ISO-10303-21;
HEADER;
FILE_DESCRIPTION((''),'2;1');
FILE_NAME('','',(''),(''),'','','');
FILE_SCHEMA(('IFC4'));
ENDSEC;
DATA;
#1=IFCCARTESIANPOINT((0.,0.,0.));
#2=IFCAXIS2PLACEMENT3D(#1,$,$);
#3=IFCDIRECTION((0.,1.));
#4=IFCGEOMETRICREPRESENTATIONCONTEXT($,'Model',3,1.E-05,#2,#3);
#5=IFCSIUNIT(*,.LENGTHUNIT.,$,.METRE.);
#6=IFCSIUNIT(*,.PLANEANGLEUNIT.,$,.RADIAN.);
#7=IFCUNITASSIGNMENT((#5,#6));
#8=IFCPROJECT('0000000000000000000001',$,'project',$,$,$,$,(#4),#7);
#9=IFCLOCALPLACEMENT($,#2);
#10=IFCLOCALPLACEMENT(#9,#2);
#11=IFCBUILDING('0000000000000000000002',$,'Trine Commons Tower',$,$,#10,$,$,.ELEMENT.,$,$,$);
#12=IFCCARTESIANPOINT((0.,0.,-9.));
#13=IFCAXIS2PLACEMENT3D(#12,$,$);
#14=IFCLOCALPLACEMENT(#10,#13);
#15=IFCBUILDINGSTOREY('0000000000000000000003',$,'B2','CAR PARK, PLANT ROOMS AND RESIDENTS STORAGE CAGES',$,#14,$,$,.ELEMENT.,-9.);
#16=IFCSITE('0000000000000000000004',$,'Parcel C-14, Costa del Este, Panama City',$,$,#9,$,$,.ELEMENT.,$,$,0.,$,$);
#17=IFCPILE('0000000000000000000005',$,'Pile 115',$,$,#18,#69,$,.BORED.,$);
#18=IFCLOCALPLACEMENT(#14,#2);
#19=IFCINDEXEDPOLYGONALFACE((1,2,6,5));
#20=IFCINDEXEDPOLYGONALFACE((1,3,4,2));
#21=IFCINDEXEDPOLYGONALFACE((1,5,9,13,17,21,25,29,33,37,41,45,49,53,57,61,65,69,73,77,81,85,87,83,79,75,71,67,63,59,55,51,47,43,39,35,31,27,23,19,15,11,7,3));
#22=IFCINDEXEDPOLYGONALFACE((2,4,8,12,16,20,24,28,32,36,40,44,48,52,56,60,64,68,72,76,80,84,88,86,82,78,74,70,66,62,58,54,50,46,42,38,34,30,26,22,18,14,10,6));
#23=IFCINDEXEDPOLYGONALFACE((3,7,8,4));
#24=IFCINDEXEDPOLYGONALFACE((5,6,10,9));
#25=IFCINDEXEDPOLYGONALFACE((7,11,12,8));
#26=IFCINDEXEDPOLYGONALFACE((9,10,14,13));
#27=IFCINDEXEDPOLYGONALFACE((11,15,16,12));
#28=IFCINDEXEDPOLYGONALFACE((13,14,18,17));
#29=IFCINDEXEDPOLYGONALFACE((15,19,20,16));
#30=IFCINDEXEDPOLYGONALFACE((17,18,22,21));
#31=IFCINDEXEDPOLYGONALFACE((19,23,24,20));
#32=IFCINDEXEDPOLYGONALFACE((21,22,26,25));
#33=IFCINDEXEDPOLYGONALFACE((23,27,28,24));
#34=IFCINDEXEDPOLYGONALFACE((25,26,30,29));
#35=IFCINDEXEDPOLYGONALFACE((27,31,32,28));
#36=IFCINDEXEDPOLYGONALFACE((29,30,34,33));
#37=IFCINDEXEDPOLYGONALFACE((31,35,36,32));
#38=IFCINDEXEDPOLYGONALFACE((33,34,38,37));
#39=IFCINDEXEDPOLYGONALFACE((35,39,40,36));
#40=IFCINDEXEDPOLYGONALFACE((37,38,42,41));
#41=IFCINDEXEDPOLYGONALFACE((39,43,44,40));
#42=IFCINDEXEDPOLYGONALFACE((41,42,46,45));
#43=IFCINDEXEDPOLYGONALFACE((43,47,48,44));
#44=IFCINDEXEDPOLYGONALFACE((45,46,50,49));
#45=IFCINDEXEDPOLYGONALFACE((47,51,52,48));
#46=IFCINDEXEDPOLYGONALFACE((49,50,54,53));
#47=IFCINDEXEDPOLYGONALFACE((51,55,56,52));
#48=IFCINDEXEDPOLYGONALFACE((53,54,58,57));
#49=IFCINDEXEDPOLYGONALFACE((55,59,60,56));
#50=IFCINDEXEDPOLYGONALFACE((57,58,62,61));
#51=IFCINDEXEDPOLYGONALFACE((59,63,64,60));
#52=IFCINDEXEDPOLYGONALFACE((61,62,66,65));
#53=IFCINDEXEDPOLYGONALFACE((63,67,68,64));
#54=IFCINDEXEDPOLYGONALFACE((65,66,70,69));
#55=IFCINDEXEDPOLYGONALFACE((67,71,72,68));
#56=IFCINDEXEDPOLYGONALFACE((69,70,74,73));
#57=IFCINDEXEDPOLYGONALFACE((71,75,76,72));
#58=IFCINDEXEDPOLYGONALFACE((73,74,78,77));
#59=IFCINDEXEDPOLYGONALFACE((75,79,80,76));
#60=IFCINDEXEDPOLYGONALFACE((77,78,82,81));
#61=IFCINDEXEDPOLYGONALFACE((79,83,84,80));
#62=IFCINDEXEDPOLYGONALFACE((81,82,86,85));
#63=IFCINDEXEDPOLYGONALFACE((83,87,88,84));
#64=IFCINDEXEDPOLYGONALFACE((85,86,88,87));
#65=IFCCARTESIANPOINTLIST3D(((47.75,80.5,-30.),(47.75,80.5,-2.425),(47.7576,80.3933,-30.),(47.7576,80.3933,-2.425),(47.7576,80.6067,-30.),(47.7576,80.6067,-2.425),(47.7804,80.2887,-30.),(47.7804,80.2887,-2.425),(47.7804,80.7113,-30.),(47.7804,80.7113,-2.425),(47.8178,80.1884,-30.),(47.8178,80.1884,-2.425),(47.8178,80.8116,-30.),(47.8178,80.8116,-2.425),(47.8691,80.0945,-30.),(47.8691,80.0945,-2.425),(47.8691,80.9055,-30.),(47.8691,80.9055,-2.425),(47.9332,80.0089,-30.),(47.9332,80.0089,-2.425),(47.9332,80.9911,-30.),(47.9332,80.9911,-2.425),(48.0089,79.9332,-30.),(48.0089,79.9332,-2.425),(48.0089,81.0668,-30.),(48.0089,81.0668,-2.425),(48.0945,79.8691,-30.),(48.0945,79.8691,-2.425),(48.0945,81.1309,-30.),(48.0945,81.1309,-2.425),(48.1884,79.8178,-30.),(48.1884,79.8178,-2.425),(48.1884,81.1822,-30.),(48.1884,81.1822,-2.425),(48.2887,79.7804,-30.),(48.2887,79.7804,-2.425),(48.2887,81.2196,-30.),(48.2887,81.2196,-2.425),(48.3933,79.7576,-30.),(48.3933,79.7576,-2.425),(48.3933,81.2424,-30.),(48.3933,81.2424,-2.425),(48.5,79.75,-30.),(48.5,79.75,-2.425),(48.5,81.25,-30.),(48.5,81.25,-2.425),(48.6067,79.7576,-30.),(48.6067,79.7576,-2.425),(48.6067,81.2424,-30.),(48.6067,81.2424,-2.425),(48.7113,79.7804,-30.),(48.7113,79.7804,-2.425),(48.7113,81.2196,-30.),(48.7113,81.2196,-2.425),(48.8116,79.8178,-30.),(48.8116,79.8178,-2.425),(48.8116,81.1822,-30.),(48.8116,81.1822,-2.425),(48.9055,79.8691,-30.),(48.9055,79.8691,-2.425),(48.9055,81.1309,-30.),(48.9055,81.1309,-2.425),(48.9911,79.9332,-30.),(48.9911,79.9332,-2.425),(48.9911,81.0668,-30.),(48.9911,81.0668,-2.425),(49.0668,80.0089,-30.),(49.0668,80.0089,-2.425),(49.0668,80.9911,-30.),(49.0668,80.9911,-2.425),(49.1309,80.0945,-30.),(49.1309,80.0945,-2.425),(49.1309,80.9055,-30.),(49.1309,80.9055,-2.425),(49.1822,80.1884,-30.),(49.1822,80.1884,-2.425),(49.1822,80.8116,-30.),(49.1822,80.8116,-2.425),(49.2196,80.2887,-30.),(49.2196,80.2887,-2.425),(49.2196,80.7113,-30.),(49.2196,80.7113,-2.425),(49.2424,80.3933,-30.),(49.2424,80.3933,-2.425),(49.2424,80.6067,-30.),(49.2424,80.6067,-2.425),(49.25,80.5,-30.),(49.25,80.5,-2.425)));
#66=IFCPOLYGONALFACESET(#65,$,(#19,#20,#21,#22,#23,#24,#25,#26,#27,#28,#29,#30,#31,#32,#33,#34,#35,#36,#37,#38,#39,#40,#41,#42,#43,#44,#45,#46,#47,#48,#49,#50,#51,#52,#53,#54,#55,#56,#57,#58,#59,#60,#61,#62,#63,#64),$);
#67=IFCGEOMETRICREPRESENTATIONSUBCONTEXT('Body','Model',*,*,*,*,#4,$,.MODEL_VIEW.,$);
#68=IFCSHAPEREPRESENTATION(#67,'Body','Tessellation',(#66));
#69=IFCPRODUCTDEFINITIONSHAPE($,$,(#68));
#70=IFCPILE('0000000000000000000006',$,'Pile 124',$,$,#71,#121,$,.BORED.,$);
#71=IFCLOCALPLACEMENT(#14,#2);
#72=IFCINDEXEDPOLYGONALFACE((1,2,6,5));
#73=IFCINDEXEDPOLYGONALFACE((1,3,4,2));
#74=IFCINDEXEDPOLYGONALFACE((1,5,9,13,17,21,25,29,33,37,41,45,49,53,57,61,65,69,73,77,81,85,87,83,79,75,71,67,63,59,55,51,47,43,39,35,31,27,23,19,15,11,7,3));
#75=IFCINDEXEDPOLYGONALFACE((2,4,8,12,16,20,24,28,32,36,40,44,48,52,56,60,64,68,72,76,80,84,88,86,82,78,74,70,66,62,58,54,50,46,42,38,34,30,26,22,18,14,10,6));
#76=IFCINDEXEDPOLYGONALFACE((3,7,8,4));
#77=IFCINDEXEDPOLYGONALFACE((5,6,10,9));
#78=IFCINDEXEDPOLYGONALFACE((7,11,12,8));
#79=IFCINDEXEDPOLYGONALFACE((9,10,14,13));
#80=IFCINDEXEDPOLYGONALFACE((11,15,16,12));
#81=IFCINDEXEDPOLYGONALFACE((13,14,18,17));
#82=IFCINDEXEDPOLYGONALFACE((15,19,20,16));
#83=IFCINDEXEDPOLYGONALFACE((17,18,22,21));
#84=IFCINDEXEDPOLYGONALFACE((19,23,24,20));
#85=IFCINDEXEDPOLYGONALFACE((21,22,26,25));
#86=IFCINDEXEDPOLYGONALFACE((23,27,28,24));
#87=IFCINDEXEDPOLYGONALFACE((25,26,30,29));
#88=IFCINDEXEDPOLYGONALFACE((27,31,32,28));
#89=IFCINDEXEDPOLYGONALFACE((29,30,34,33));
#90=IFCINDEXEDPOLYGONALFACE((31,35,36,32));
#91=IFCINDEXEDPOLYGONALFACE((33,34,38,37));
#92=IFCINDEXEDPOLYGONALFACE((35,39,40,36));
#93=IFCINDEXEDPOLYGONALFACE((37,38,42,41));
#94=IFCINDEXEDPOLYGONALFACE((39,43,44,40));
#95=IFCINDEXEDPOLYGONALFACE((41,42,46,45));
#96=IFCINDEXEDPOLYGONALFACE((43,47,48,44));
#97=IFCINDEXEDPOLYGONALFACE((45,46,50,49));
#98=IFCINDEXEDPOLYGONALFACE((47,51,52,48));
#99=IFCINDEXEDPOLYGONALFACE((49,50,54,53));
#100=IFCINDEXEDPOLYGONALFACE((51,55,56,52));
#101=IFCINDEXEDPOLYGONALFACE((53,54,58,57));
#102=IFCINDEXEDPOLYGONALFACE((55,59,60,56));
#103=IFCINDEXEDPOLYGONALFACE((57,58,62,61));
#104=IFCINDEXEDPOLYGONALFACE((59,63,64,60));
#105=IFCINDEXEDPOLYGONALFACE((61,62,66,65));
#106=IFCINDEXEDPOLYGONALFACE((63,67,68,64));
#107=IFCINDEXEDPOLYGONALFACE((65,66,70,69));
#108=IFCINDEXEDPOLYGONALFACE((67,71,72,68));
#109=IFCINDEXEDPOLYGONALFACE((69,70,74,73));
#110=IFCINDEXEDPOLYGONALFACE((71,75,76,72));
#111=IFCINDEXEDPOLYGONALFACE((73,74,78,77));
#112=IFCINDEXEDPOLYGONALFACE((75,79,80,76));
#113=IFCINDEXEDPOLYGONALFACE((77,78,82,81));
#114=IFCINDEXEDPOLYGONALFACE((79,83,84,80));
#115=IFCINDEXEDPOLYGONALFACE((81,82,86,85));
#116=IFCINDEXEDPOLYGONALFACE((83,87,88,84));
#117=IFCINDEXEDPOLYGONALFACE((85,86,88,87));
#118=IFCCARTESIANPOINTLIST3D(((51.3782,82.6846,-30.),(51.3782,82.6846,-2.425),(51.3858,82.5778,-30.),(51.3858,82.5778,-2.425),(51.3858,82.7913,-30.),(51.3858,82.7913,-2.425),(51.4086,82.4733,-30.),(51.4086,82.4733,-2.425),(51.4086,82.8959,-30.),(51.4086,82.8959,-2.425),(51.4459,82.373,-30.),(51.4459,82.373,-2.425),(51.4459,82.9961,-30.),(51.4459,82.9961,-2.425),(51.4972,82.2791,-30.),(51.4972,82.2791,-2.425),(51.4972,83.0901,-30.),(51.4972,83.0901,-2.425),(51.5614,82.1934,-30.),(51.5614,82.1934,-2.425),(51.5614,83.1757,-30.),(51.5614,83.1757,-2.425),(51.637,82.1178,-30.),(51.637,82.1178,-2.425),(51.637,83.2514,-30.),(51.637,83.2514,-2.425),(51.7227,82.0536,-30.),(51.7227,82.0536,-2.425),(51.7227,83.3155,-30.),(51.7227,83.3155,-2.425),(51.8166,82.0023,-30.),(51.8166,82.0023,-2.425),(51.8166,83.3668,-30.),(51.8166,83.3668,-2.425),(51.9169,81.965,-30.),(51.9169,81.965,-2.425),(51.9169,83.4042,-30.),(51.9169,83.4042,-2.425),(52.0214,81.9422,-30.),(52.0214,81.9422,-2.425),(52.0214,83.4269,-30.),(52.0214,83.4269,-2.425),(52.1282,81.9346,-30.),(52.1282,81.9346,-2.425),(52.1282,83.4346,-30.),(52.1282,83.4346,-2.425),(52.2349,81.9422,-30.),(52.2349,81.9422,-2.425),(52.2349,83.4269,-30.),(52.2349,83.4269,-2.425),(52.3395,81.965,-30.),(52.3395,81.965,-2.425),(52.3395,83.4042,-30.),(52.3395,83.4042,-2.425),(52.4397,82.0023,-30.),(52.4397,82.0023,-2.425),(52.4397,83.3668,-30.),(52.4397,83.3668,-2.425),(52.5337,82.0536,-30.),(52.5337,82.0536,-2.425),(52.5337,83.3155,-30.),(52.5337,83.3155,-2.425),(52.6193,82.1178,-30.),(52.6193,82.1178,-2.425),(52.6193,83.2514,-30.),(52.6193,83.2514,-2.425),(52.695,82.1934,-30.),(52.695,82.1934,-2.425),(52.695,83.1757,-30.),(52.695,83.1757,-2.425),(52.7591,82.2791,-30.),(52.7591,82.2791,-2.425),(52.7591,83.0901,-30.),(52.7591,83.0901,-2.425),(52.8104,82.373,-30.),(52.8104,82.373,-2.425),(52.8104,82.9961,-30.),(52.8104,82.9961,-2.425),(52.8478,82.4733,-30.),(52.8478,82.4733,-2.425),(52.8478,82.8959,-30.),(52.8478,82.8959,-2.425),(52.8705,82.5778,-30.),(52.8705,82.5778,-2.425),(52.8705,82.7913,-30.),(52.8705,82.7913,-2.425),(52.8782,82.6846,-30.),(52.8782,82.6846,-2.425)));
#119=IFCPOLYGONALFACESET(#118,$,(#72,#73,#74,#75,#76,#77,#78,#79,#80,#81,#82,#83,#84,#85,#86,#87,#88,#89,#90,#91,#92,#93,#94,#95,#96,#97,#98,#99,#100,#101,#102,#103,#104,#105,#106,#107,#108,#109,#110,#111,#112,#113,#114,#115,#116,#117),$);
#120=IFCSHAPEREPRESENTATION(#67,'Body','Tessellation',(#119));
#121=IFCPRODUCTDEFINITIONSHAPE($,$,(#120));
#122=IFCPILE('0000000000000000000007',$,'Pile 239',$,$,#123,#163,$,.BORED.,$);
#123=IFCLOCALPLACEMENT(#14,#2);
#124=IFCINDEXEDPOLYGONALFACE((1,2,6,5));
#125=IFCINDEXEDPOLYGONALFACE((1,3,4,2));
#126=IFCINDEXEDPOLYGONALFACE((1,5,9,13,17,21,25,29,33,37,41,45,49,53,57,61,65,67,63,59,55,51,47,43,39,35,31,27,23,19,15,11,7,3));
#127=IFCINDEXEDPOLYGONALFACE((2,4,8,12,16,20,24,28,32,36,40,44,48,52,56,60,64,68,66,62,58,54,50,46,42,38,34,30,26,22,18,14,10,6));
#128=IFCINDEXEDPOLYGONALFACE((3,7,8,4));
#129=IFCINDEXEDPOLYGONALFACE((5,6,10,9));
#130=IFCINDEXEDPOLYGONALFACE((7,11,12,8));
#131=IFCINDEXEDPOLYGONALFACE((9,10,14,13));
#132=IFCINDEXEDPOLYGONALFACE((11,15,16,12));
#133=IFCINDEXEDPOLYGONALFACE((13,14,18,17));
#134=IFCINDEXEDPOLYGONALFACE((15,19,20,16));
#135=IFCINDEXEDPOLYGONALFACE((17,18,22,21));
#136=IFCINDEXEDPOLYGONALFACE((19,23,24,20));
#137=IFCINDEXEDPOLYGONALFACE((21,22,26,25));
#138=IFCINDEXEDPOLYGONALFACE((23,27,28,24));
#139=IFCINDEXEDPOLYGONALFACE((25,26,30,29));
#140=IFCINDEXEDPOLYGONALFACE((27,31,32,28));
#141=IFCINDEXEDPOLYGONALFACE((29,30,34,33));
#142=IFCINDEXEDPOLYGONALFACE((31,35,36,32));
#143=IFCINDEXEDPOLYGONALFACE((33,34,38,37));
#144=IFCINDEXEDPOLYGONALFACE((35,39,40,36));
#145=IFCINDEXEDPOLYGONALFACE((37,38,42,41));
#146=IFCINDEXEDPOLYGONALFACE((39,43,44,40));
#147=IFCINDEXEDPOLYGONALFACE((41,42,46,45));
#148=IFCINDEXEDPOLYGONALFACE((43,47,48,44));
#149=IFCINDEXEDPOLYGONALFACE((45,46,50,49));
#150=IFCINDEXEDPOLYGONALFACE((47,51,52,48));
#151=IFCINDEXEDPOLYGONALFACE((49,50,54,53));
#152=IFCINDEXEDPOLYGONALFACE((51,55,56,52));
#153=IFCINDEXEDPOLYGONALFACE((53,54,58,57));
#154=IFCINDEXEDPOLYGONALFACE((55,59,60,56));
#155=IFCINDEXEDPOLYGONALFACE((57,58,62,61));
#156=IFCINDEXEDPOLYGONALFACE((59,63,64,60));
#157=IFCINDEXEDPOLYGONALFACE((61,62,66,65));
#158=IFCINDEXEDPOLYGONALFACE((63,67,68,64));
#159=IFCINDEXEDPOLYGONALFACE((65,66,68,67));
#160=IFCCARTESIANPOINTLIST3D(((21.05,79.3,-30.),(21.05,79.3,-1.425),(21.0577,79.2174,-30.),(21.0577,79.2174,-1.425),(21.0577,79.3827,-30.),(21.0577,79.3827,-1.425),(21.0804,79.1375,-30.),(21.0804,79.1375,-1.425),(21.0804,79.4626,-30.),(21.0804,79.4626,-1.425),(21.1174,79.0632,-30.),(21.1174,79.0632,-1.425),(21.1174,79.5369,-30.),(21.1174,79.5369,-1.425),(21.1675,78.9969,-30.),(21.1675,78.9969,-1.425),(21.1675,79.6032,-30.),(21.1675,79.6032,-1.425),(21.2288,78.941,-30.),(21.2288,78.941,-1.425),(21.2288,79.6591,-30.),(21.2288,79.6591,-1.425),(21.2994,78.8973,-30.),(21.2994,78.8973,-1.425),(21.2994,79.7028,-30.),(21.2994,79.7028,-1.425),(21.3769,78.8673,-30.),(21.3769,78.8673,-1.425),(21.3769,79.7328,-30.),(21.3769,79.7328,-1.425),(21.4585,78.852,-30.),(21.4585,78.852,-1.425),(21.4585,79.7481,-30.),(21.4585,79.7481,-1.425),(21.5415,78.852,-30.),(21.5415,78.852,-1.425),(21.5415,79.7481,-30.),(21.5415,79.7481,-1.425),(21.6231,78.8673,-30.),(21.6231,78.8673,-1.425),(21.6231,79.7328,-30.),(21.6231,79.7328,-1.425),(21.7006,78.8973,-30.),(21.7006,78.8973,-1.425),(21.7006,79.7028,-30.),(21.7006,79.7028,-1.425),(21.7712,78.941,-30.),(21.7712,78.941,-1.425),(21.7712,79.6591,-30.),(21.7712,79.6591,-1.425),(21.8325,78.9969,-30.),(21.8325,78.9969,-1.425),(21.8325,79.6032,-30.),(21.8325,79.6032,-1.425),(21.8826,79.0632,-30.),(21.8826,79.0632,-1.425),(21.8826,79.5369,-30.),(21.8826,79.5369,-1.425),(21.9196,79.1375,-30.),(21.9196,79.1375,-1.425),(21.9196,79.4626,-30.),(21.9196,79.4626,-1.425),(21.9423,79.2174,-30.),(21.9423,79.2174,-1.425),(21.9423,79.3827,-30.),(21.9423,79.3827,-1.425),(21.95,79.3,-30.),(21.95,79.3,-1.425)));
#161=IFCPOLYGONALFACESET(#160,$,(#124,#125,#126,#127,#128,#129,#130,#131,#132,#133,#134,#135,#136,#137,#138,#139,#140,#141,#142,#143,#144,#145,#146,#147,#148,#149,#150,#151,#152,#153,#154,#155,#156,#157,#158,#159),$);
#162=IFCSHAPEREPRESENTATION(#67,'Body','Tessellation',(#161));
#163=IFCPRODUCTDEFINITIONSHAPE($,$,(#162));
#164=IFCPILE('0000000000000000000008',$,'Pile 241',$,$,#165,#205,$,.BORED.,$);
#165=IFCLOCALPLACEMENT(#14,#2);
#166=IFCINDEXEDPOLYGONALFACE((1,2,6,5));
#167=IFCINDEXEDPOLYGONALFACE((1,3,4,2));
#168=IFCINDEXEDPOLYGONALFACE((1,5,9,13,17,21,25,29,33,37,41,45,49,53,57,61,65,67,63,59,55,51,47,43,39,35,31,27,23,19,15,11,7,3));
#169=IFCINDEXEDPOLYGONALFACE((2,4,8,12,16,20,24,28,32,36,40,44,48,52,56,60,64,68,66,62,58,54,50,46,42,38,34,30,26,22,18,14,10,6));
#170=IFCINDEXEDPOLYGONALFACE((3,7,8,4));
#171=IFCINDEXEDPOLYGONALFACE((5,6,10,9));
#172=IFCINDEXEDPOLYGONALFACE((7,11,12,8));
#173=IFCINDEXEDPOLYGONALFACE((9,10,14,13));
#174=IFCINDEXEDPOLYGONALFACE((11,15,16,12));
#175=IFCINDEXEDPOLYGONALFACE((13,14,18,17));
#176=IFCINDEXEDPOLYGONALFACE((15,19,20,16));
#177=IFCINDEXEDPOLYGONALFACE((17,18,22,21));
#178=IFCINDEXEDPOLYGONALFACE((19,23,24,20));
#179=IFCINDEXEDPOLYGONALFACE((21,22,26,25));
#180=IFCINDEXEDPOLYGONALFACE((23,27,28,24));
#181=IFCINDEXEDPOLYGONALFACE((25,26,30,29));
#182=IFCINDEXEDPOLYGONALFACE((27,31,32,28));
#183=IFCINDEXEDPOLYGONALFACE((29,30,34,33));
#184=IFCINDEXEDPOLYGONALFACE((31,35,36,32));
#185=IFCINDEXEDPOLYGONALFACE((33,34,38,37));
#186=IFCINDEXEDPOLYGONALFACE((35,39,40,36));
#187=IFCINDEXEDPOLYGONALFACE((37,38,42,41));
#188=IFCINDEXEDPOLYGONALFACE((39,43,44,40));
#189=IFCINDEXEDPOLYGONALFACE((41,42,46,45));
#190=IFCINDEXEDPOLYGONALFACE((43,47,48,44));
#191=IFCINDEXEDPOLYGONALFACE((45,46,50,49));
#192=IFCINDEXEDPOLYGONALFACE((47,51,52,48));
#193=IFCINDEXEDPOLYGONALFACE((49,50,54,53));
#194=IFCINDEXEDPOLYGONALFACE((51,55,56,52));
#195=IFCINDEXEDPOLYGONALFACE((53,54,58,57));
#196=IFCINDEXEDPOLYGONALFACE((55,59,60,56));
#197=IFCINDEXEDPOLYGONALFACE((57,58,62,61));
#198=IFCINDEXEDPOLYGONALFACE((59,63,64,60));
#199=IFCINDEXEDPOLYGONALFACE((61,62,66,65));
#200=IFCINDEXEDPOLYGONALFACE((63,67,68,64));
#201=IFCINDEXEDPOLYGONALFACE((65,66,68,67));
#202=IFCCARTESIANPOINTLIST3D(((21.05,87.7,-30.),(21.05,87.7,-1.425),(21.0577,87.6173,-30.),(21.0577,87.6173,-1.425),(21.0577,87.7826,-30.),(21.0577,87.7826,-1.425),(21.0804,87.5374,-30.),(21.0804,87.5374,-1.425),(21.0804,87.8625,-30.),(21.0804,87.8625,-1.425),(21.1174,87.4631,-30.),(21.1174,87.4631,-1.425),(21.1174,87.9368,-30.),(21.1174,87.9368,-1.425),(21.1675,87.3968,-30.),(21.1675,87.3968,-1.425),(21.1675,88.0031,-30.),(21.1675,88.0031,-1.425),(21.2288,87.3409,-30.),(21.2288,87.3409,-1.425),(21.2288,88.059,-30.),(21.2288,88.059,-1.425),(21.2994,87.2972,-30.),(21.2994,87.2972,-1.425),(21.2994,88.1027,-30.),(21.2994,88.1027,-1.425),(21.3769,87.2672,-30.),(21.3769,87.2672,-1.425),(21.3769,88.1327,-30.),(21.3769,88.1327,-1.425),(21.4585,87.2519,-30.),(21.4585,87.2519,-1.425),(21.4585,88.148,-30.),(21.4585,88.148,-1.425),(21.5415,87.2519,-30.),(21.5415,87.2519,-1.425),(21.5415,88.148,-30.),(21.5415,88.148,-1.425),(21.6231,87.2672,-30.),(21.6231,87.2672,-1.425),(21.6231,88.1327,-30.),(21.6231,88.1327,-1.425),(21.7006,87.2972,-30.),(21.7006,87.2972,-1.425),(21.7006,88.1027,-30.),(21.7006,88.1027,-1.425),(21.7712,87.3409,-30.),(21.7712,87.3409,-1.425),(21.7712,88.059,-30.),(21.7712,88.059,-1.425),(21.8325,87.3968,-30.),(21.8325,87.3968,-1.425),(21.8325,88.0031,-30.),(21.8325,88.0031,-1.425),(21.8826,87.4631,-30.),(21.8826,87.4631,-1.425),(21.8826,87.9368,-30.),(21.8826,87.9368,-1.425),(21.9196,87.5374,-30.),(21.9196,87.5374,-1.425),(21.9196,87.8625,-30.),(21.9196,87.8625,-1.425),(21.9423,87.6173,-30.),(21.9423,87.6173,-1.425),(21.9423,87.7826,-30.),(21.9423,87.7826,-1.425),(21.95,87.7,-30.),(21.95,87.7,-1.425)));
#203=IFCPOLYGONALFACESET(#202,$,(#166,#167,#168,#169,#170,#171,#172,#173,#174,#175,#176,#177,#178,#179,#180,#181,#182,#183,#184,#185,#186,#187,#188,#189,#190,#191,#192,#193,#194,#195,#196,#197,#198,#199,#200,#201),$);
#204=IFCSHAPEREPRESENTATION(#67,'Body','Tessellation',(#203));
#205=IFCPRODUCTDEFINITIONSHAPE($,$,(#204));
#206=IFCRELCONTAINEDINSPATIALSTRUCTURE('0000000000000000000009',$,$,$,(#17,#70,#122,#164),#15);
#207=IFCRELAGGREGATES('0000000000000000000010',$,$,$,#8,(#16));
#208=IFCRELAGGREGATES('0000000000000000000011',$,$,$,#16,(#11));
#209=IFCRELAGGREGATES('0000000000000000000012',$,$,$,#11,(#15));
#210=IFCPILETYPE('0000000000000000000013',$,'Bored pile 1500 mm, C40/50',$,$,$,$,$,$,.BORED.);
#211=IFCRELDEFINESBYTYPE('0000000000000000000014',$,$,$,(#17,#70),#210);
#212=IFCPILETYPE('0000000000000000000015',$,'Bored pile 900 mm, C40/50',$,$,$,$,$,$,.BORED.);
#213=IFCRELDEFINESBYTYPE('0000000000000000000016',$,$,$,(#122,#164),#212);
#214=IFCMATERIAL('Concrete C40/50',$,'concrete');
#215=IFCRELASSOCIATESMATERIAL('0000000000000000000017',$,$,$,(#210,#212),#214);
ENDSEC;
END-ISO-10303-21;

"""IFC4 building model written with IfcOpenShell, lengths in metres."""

from ifc_helpers import new_model, si_unit, direction, frame, origin, origin_2d, place, context, subcontext, project, spatial, circle, extrude, material, type_object, element, save


model = new_model("IFC4")

# Units and contexts
model_context = context("Model", 3, precision=1e-05, world=origin(), true_north=direction((0.0, 1.0)))
body_context = subcontext(model_context, "Body", "Model", "MODEL_VIEW")
ifc_project = project(units=[si_unit("LENGTHUNIT", "METRE"), si_unit("PLANEANGLEUNIT", "RADIAN")], contexts=[model_context])

# Site, building, storey
site_placement = place(None, origin())
site = spatial("IfcSite", under=ifc_project, at=site_placement, Name="Parcel C-14, Costa del Este, Panama City", CompositionType="ELEMENT", RefElevation=0.0)
building_placement = place(site_placement, origin())
building = spatial("IfcBuilding", under=site, at=building_placement, Name="Trine Commons Tower", CompositionType="ELEMENT")
storey_placement = place(building_placement, frame((0.0, 0.0, -9.0)))
storey = spatial("IfcBuildingStorey", under=building, at=storey_placement, Name="B2", Description="CAR PARK, PLANT ROOMS AND RESIDENTS STORAGE CAGES", CompositionType="ELEMENT", Elevation=-9.0)

# Piles
ifc_material_1 = material(Name="Concrete C40/50", Category="concrete")
pile_type_1 = type_object("IfcPileType", Name="Bored pile 1500 mm, C40/50", PredefinedType="BORED", material=ifc_material_1)
for number, where, z_axis, x_axis, name in (
    (1, (48.5, 80.5, -2.425), (0.0, 0.0, -1.0), (1.0, 0.0, 0.0), "Pile 115"),
    (2, (52.1282, 82.6846, -2.425), (0.0, 0.0, -1.0), (1.0, 0.0, 0.0), "Pile 124"),
):
    element("IfcPile", number, at=place(storey_placement, frame(where, z_axis=z_axis, x_axis=x_axis)), inside=storey, type_object=pile_type_1, Name=name, PredefinedType="BORED", context=body_context, shape_type="SweptSolid", body=[
        extrude(circle(Radius=0.75, at=origin_2d()), origin(), (0.0, 0.0, 1.0), 27.575),
    ])
pile_type_2 = type_object("IfcPileType", Name="Bored pile 900 mm, C40/50", PredefinedType="BORED", material=ifc_material_1)
for number, where, z_axis, x_axis, name in (
    (3, (21.5, 79.3, -1.425), (0.0, 0.0, -1.0), (1.0, 0.0, 0.0), "Pile 239"),
    (4, (21.5, 87.7, -1.425), (0.0, 0.0, -1.0), (1.0, 0.0, 0.0), "Pile 241"),
):
    element("IfcPile", number, at=place(storey_placement, frame(where, z_axis=z_axis, x_axis=x_axis)), inside=storey, type_object=pile_type_2, Name=name, PredefinedType="BORED", context=body_context, shape_type="SweptSolid", body=[
        extrude(circle(Radius=0.45, at=origin_2d()), origin(), (0.0, 0.0, 1.0), 28.575),
    ])

save(model, "model.ifc")
